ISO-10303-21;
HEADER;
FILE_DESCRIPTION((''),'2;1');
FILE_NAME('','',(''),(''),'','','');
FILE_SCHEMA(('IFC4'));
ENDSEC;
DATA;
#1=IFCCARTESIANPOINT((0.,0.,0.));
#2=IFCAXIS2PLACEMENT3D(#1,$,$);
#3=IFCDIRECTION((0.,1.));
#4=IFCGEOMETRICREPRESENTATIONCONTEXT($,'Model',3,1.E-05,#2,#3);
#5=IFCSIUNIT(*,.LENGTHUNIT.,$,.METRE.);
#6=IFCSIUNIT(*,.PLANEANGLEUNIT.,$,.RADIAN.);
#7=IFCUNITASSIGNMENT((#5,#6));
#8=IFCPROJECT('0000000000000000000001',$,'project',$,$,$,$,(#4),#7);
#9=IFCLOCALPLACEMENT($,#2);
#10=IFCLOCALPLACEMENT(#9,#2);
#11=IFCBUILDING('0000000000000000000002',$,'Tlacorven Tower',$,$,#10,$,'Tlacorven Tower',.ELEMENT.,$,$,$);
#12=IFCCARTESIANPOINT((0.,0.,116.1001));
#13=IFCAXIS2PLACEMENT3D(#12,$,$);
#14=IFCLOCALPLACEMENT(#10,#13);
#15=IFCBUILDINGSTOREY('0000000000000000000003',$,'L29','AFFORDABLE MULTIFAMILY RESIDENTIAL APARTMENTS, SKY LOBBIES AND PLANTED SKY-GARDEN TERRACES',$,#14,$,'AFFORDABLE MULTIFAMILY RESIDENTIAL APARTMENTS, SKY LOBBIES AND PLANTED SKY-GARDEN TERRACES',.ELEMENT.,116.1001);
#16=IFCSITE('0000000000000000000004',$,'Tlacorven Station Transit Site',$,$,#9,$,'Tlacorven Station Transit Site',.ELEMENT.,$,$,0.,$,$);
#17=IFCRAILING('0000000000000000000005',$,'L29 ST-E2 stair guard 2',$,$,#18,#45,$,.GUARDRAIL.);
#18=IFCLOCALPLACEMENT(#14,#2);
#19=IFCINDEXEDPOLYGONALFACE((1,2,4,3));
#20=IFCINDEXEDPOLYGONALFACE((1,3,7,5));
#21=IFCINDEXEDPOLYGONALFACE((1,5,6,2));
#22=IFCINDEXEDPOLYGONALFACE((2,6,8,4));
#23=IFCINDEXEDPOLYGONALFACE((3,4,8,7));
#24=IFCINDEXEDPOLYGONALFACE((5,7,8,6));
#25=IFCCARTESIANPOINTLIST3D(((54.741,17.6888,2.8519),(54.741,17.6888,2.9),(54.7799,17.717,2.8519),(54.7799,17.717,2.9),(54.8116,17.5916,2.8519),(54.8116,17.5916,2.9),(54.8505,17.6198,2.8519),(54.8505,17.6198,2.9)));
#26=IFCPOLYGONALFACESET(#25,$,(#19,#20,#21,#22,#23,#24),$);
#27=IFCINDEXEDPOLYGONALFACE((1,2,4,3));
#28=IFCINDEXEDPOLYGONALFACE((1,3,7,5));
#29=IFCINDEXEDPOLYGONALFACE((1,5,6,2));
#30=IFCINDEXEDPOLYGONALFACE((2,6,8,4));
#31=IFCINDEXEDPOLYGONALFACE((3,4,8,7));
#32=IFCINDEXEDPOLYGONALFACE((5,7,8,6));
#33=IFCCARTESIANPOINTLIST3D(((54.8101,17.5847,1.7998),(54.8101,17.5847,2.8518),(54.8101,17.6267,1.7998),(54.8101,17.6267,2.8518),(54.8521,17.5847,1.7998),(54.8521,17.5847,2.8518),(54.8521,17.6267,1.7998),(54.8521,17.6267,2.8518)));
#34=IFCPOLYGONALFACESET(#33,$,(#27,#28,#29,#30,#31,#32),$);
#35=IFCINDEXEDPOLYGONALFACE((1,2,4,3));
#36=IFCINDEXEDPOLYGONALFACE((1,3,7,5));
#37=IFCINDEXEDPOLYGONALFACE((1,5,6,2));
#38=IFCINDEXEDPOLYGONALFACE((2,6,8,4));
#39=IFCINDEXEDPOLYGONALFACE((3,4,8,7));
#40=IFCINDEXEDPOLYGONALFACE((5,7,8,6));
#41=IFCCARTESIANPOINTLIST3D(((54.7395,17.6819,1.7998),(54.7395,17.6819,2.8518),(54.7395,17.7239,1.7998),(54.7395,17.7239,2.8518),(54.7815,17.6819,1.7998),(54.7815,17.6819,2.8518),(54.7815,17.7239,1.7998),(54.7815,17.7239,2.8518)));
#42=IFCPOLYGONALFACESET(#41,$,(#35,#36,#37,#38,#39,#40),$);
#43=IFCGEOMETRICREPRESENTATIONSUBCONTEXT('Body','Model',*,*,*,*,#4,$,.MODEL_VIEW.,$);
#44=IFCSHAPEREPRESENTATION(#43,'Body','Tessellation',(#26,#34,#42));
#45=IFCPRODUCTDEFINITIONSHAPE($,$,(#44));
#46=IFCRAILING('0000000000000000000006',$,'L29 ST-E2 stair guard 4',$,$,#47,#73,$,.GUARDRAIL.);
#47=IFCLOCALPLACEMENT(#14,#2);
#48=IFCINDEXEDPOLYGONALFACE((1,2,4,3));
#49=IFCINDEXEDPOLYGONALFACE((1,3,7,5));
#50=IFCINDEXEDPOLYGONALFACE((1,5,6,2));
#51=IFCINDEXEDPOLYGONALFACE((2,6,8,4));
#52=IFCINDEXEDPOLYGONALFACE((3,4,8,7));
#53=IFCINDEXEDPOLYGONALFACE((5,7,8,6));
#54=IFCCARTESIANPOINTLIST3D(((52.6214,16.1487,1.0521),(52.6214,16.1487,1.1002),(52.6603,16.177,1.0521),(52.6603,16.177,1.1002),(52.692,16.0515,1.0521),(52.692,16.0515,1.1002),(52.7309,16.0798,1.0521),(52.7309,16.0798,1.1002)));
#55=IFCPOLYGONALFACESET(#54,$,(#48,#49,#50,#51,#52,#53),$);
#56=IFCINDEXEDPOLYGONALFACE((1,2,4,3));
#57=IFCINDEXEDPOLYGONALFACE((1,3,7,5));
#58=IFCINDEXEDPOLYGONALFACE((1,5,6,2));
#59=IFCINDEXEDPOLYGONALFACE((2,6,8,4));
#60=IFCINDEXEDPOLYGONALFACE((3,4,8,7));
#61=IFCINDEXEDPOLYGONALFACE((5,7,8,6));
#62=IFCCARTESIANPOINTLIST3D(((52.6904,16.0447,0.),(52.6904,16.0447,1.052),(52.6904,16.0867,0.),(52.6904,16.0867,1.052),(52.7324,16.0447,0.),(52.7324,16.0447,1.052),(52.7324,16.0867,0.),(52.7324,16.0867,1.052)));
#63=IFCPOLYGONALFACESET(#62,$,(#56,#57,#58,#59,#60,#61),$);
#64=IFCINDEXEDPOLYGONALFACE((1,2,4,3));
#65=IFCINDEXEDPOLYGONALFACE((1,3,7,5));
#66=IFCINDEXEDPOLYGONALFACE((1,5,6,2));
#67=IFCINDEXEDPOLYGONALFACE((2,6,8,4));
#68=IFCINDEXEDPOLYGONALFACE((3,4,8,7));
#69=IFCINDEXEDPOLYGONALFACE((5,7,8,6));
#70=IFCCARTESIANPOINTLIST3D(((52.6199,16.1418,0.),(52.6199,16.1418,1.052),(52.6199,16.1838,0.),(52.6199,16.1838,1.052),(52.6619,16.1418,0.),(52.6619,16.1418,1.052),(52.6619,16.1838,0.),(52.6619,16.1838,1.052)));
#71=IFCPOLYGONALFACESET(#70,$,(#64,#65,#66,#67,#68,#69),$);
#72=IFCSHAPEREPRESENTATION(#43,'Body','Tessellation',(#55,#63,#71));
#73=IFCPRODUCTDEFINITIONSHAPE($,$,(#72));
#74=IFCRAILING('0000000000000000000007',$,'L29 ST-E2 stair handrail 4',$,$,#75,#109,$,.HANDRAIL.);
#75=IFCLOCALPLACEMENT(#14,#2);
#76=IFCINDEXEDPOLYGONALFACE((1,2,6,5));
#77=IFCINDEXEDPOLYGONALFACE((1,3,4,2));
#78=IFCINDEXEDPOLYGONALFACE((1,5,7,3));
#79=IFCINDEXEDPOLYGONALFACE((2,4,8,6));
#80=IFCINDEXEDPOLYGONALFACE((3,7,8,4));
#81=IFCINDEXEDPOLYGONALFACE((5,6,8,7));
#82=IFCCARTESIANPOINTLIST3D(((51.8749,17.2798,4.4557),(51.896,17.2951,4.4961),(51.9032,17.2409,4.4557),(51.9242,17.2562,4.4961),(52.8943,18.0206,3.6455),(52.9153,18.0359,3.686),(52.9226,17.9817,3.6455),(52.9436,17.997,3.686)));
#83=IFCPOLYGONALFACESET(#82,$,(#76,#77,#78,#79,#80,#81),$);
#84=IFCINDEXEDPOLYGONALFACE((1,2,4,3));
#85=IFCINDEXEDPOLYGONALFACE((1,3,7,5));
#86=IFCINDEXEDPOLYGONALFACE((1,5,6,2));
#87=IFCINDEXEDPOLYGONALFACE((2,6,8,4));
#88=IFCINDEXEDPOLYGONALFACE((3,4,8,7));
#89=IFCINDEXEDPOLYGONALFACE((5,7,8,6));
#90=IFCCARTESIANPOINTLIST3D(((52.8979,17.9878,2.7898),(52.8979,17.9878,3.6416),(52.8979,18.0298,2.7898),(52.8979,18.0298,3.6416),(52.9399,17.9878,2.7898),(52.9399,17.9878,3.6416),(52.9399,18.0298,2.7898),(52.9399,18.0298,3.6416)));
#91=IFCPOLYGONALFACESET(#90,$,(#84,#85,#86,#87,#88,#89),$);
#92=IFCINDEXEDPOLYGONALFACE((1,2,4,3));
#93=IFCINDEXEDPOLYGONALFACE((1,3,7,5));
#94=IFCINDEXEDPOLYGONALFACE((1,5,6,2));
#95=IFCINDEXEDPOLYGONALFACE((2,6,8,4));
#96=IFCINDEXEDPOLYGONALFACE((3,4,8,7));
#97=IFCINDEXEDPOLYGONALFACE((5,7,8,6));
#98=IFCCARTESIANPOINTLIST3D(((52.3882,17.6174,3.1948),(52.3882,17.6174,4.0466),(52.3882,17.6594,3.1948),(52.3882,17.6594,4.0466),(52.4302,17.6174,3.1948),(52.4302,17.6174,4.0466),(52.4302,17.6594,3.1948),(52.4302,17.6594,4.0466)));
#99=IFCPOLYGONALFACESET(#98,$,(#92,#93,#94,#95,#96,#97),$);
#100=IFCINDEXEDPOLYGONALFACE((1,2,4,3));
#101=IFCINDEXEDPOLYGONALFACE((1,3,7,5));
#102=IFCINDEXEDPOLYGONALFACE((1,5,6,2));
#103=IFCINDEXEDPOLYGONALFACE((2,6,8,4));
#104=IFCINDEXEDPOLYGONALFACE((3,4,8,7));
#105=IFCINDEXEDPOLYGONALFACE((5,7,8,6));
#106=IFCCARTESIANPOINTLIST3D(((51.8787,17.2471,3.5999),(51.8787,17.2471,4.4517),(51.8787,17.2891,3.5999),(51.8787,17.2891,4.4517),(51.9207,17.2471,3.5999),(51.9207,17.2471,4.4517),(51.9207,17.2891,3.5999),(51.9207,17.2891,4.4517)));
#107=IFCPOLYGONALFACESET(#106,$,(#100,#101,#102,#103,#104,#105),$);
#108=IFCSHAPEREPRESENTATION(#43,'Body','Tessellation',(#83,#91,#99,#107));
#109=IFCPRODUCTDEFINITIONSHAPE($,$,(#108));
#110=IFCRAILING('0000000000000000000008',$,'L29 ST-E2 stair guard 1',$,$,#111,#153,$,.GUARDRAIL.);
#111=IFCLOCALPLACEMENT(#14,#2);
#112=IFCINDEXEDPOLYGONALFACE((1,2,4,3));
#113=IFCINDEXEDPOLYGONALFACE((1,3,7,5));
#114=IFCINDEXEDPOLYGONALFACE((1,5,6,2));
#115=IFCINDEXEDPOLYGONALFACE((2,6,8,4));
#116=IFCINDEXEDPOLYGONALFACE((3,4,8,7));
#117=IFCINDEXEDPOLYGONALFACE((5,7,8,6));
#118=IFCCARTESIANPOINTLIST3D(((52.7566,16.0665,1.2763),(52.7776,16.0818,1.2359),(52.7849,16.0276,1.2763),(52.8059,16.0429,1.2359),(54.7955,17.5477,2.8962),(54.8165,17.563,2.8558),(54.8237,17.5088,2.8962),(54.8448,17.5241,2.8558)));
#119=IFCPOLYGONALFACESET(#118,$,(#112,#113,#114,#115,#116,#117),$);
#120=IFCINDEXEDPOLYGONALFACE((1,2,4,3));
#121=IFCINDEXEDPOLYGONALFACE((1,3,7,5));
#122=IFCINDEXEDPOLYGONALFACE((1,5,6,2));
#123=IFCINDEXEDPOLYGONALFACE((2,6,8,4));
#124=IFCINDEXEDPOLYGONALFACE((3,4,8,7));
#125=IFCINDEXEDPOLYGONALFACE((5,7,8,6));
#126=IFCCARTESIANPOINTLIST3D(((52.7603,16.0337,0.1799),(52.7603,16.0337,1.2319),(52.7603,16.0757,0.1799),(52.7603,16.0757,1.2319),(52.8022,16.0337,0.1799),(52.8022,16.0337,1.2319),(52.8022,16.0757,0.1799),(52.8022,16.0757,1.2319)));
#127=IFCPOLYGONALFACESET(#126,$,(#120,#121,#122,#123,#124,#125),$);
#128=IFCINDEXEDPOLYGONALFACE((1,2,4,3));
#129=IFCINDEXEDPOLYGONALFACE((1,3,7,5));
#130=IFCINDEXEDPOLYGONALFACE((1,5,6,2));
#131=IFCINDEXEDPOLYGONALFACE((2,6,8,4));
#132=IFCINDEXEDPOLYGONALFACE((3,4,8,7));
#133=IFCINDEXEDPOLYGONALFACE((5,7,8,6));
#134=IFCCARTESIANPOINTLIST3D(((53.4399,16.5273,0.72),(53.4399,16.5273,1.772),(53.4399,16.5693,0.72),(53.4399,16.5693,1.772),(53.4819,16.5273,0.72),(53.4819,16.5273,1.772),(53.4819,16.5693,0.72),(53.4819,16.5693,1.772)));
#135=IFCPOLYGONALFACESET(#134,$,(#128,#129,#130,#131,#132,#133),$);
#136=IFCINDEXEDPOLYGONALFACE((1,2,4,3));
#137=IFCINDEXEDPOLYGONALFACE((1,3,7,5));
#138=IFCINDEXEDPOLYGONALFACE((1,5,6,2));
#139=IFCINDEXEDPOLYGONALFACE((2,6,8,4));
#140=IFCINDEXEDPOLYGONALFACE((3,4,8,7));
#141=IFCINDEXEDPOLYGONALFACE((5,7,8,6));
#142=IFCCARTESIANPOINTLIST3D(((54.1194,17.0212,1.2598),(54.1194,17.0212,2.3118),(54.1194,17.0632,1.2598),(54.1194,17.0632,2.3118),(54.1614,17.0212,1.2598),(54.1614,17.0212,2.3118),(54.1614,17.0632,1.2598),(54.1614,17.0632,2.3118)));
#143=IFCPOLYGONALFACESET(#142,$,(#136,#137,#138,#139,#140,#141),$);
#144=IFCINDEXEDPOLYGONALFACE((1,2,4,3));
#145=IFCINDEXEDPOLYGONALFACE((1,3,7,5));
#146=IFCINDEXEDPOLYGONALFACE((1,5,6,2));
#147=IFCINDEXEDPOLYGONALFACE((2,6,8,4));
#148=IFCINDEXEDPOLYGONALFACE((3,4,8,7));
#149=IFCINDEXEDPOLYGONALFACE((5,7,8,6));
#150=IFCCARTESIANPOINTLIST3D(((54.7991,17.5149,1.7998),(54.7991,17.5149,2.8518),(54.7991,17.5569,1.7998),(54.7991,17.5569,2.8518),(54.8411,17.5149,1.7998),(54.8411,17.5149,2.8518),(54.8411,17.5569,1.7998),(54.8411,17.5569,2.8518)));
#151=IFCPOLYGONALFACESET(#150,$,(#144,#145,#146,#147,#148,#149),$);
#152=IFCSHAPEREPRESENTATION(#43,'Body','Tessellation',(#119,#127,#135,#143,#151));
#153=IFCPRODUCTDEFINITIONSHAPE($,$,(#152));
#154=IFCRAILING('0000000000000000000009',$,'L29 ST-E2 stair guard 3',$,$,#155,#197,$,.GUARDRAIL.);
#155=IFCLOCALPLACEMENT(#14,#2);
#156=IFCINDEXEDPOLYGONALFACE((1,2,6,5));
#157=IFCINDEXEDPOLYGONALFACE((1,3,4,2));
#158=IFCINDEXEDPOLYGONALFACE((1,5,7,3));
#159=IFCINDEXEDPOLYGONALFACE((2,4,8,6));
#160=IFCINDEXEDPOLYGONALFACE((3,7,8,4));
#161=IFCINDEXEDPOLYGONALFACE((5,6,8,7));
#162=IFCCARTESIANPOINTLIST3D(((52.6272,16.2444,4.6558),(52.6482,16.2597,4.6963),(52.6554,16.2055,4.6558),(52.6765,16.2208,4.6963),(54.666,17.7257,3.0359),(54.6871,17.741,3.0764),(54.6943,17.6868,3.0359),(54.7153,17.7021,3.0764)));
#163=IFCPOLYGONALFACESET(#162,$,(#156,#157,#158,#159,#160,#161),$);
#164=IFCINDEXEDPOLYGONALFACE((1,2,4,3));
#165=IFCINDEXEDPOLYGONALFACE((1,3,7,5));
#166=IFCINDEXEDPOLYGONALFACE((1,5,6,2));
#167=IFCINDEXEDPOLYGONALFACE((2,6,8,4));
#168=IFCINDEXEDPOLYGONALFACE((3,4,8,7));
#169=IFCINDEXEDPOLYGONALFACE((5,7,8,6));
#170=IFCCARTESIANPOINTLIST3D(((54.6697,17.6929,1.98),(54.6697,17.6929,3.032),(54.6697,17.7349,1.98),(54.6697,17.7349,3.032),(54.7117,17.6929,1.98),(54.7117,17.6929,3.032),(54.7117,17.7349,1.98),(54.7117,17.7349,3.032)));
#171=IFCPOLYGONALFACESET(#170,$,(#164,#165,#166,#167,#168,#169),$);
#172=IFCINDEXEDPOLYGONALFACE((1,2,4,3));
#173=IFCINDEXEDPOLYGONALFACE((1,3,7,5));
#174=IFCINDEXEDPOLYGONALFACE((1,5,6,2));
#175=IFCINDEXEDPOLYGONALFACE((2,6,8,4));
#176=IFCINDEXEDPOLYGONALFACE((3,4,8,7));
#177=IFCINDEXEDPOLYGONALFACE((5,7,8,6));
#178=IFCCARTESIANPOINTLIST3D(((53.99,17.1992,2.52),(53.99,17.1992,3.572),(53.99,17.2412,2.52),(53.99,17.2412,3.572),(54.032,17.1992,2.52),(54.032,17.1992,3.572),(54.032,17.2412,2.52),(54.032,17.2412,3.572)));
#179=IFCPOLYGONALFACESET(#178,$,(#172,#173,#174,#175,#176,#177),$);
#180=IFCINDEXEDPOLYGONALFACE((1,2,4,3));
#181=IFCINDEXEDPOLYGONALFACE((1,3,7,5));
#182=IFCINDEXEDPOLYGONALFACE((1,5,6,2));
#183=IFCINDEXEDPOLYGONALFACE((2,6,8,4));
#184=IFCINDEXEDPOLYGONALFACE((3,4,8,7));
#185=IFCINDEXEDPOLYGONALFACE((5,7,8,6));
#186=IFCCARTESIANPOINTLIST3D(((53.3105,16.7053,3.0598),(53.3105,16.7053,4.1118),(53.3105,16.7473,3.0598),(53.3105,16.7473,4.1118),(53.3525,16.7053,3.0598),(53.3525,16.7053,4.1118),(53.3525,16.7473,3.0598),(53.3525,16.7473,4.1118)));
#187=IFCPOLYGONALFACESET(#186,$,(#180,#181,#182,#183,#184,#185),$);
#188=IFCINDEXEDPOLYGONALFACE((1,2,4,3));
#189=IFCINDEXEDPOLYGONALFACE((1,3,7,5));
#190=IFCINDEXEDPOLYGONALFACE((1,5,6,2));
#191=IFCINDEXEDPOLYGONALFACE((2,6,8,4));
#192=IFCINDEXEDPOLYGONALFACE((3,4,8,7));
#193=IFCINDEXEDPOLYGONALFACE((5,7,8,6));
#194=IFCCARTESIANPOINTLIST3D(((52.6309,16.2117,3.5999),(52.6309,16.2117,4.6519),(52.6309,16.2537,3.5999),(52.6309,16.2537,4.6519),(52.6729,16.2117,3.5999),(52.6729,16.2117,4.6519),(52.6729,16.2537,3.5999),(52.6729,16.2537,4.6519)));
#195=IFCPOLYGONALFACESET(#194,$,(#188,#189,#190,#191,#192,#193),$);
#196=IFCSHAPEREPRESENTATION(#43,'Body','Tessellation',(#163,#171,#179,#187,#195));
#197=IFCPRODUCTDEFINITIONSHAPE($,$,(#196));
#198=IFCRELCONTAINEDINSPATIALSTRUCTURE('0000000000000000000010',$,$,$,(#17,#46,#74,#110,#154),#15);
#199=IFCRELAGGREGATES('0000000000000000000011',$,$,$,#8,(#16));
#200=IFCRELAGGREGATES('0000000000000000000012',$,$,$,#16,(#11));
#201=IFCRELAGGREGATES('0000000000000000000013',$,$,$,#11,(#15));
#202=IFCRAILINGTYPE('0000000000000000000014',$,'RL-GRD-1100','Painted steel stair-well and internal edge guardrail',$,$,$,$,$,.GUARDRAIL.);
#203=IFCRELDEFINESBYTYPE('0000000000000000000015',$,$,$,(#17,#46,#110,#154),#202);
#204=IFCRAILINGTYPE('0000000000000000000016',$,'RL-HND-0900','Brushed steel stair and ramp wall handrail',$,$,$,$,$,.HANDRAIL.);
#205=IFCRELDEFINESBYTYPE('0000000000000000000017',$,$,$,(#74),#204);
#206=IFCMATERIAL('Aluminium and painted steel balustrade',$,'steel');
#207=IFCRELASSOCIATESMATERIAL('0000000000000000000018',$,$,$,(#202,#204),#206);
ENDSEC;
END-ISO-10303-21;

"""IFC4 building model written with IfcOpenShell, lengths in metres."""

from ifc_helpers import new_model, si_unit, direction, frame, origin, origin_2d, place, context, subcontext, project, spatial, rectangle, extrude, source, transform, mapped, material, type_object, element, save


model = new_model("IFC4")

# Units and contexts
model_context = context("Model", 3, precision=1e-05, world=origin(), true_north=direction((0.0, 1.0)))
body_context = subcontext(model_context, "Body", "Model", "MODEL_VIEW")
ifc_project = project(units=[si_unit("LENGTHUNIT", "METRE"), si_unit("PLANEANGLEUNIT", "RADIAN")], contexts=[model_context])

# Site, building, storey
site_placement = place(None, origin())
site = spatial("IfcSite", under=ifc_project, at=site_placement, Name="Tlacorven Station Transit Site", LongName="Tlacorven Station Transit Site", CompositionType="ELEMENT", RefElevation=0.0)
building_placement = place(site_placement, origin())
building = spatial("IfcBuilding", under=site, at=building_placement, Name="Tlacorven Tower", LongName="Tlacorven Tower", CompositionType="ELEMENT")
storey_placement = place(building_placement, frame((0.0, 0.0, 116.1001)))
storey = spatial("IfcBuildingStorey", under=building, at=storey_placement, Name="L29", Description="AFFORDABLE MULTIFAMILY RESIDENTIAL APARTMENTS, SKY LOBBIES AND PLANTED SKY-GARDEN TERRACES", LongName="AFFORDABLE MULTIFAMILY RESIDENTIAL APARTMENTS, SKY LOBBIES AND PLANTED SKY-GARDEN TERRACES", CompositionType="ELEMENT", Elevation=116.1001)

# Railings
ifc_material_1 = material(Name="Aluminium and painted steel balustrade", Category="steel")
railing_type_1 = type_object("IfcRailingType", Name="RL-GRD-1100", Description="Painted steel stair-well and internal edge guardrail", PredefinedType="GUARDRAIL", material=ifc_material_1)
shared_shape_1 = source(origin(), body_context, "Body", "SweptSolid", [
    extrude(rectangle(XDim=0.0481, YDim=0.0481, at=origin_2d()), frame((0.0, 0.0, 1.0762), z_axis=(-0.587567, 0.809175, 0.0), x_axis=(-0.809175, -0.587567, 0.0)), (0.0, 0.0, 1.0), 0.1201),
    extrude(rectangle(XDim=0.042, YDim=0.042, at=origin_2d()), origin(), (0.0, 0.0, 1.0), 1.052),
    extrude(rectangle(XDim=0.042, YDim=0.042, at=origin_2d()), frame((-0.0706, 0.0972, 0.0)), (0.0, 0.0, 1.0), 1.052),
])
for number, where, name in (
    (1, (54.8311, 17.6057, 1.7998), "L29 ST-E2 stair guard 2"),
    (2, (52.7114, 16.0657, 0.0), "L29 ST-E2 stair guard 4"),
):
    element("IfcRailing", number, at=place(storey_placement, frame(where)), inside=storey, type_object=railing_type_1, Name=name, PredefinedType="GUARDRAIL", context=body_context, shape_type="MappedRepresentation", body=[
        mapped(shared_shape_1, transform((0.0, 0.0, 0.0), scale=1.0)),
    ])
railing_type_2 = type_object("IfcRailingType", Name="RL-HND-0900", Description="Brushed steel stair and ramp wall handrail", PredefinedType="HANDRAIL", material=ifc_material_1)
shared_shape_2 = source(origin(), body_context, "Body", "SweptSolid", [
    extrude(rectangle(XDim=0.0481, YDim=0.0481, at=origin_2d()), frame((0.0, 0.0, 0.876), z_axis=(-0.680461, -0.494496, 0.540783), x_axis=(0.587872, -0.808954, 0.0)), (0.0, 0.0, 1.0), 1.498),
    extrude(rectangle(XDim=0.042, YDim=0.042, at=origin_2d()), origin(), (0.0, 0.0, 1.0), 0.8518),
    extrude(rectangle(XDim=0.042, YDim=0.042, at=origin_2d()), frame((-0.5098, -0.3704, 0.405)), (0.0, 0.0, 1.0), 0.8518),
    extrude(rectangle(XDim=0.042, YDim=0.042, at=origin_2d()), frame((-1.0193, -0.7407, 0.8101)), (0.0, 0.0, 1.0), 0.8518),
])
railing_1_placement = place(storey_placement, frame((52.9189, 18.0088, 2.7898)))
element("IfcRailing", 3, at=railing_1_placement, inside=storey, type_object=railing_type_2, Name="L29 ST-E2 stair handrail 4", PredefinedType="HANDRAIL", context=body_context, shape_type="MappedRepresentation", body=[
    mapped(shared_shape_2, transform((0.0, 0.0, 0.0), scale=1.0)),
])
shared_shape_3 = source(origin(), body_context, "Body", "SweptSolid", [
    extrude(rectangle(XDim=0.0481, YDim=0.0481, at=origin_2d()), frame((0.0, 0.0, 1.0762), z_axis=(0.680562, 0.494428, 0.540717), x_axis=(-0.587763, 0.809033, 0.0)), (0.0, 0.0, 1.0), 2.9958),
    extrude(rectangle(XDim=0.042, YDim=0.042, at=origin_2d()), origin(), (0.0, 0.0, 1.0), 1.052),
    extrude(rectangle(XDim=0.042, YDim=0.042, at=origin_2d()), frame((0.6797, 0.4937, 0.54)), (0.0, 0.0, 1.0), 1.052),
    extrude(rectangle(XDim=0.042, YDim=0.042, at=origin_2d()), frame((1.3591, 0.9875, 1.0798)), (0.0, 0.0, 1.0), 1.052),
    extrude(rectangle(XDim=0.042, YDim=0.042, at=origin_2d()), frame((2.0388, 1.4812, 1.6199)), (0.0, 0.0, 1.0), 1.052),
])
railing_2_placement = place(storey_placement, frame((52.7812, 16.0547, 0.1799)))
element("IfcRailing", 4, at=railing_2_placement, inside=storey, type_object=railing_type_1, Name="L29 ST-E2 stair guard 1", PredefinedType="GUARDRAIL", context=body_context, shape_type="MappedRepresentation", body=[
    mapped(shared_shape_3, transform((0.0, 0.0, 0.0), scale=1.0)),
])
shared_shape_4 = source(origin(), body_context, "Body", "SweptSolid", [
    extrude(rectangle(XDim=0.0481, YDim=0.0481, at=origin_2d()), frame((0.0, 0.0, 1.0762), z_axis=(-0.680562, -0.494428, 0.540717), x_axis=(0.587763, -0.809033, 0.0)), (0.0, 0.0, 1.0), 2.9958),
    extrude(rectangle(XDim=0.042, YDim=0.042, at=origin_2d()), origin(), (0.0, 0.0, 1.0), 1.052),
    extrude(rectangle(XDim=0.042, YDim=0.042, at=origin_2d()), frame((-0.6797, -0.4937, 0.54)), (0.0, 0.0, 1.0), 1.052),
    extrude(rectangle(XDim=0.042, YDim=0.042, at=origin_2d()), frame((-1.3591, -0.9875, 1.0798)), (0.0, 0.0, 1.0), 1.052),
    extrude(rectangle(XDim=0.042, YDim=0.042, at=origin_2d()), frame((-2.0388, -1.4812, 1.6199)), (0.0, 0.0, 1.0), 1.052),
])
railing_3_placement = place(storey_placement, frame((54.6907, 17.7139, 1.98)))
element("IfcRailing", 5, at=railing_3_placement, inside=storey, type_object=railing_type_1, Name="L29 ST-E2 stair guard 3", PredefinedType="GUARDRAIL", context=body_context, shape_type="MappedRepresentation", body=[
    mapped(shared_shape_4, transform((0.0, 0.0, 0.0), scale=1.0)),
])

save(model, "model.ifc")
